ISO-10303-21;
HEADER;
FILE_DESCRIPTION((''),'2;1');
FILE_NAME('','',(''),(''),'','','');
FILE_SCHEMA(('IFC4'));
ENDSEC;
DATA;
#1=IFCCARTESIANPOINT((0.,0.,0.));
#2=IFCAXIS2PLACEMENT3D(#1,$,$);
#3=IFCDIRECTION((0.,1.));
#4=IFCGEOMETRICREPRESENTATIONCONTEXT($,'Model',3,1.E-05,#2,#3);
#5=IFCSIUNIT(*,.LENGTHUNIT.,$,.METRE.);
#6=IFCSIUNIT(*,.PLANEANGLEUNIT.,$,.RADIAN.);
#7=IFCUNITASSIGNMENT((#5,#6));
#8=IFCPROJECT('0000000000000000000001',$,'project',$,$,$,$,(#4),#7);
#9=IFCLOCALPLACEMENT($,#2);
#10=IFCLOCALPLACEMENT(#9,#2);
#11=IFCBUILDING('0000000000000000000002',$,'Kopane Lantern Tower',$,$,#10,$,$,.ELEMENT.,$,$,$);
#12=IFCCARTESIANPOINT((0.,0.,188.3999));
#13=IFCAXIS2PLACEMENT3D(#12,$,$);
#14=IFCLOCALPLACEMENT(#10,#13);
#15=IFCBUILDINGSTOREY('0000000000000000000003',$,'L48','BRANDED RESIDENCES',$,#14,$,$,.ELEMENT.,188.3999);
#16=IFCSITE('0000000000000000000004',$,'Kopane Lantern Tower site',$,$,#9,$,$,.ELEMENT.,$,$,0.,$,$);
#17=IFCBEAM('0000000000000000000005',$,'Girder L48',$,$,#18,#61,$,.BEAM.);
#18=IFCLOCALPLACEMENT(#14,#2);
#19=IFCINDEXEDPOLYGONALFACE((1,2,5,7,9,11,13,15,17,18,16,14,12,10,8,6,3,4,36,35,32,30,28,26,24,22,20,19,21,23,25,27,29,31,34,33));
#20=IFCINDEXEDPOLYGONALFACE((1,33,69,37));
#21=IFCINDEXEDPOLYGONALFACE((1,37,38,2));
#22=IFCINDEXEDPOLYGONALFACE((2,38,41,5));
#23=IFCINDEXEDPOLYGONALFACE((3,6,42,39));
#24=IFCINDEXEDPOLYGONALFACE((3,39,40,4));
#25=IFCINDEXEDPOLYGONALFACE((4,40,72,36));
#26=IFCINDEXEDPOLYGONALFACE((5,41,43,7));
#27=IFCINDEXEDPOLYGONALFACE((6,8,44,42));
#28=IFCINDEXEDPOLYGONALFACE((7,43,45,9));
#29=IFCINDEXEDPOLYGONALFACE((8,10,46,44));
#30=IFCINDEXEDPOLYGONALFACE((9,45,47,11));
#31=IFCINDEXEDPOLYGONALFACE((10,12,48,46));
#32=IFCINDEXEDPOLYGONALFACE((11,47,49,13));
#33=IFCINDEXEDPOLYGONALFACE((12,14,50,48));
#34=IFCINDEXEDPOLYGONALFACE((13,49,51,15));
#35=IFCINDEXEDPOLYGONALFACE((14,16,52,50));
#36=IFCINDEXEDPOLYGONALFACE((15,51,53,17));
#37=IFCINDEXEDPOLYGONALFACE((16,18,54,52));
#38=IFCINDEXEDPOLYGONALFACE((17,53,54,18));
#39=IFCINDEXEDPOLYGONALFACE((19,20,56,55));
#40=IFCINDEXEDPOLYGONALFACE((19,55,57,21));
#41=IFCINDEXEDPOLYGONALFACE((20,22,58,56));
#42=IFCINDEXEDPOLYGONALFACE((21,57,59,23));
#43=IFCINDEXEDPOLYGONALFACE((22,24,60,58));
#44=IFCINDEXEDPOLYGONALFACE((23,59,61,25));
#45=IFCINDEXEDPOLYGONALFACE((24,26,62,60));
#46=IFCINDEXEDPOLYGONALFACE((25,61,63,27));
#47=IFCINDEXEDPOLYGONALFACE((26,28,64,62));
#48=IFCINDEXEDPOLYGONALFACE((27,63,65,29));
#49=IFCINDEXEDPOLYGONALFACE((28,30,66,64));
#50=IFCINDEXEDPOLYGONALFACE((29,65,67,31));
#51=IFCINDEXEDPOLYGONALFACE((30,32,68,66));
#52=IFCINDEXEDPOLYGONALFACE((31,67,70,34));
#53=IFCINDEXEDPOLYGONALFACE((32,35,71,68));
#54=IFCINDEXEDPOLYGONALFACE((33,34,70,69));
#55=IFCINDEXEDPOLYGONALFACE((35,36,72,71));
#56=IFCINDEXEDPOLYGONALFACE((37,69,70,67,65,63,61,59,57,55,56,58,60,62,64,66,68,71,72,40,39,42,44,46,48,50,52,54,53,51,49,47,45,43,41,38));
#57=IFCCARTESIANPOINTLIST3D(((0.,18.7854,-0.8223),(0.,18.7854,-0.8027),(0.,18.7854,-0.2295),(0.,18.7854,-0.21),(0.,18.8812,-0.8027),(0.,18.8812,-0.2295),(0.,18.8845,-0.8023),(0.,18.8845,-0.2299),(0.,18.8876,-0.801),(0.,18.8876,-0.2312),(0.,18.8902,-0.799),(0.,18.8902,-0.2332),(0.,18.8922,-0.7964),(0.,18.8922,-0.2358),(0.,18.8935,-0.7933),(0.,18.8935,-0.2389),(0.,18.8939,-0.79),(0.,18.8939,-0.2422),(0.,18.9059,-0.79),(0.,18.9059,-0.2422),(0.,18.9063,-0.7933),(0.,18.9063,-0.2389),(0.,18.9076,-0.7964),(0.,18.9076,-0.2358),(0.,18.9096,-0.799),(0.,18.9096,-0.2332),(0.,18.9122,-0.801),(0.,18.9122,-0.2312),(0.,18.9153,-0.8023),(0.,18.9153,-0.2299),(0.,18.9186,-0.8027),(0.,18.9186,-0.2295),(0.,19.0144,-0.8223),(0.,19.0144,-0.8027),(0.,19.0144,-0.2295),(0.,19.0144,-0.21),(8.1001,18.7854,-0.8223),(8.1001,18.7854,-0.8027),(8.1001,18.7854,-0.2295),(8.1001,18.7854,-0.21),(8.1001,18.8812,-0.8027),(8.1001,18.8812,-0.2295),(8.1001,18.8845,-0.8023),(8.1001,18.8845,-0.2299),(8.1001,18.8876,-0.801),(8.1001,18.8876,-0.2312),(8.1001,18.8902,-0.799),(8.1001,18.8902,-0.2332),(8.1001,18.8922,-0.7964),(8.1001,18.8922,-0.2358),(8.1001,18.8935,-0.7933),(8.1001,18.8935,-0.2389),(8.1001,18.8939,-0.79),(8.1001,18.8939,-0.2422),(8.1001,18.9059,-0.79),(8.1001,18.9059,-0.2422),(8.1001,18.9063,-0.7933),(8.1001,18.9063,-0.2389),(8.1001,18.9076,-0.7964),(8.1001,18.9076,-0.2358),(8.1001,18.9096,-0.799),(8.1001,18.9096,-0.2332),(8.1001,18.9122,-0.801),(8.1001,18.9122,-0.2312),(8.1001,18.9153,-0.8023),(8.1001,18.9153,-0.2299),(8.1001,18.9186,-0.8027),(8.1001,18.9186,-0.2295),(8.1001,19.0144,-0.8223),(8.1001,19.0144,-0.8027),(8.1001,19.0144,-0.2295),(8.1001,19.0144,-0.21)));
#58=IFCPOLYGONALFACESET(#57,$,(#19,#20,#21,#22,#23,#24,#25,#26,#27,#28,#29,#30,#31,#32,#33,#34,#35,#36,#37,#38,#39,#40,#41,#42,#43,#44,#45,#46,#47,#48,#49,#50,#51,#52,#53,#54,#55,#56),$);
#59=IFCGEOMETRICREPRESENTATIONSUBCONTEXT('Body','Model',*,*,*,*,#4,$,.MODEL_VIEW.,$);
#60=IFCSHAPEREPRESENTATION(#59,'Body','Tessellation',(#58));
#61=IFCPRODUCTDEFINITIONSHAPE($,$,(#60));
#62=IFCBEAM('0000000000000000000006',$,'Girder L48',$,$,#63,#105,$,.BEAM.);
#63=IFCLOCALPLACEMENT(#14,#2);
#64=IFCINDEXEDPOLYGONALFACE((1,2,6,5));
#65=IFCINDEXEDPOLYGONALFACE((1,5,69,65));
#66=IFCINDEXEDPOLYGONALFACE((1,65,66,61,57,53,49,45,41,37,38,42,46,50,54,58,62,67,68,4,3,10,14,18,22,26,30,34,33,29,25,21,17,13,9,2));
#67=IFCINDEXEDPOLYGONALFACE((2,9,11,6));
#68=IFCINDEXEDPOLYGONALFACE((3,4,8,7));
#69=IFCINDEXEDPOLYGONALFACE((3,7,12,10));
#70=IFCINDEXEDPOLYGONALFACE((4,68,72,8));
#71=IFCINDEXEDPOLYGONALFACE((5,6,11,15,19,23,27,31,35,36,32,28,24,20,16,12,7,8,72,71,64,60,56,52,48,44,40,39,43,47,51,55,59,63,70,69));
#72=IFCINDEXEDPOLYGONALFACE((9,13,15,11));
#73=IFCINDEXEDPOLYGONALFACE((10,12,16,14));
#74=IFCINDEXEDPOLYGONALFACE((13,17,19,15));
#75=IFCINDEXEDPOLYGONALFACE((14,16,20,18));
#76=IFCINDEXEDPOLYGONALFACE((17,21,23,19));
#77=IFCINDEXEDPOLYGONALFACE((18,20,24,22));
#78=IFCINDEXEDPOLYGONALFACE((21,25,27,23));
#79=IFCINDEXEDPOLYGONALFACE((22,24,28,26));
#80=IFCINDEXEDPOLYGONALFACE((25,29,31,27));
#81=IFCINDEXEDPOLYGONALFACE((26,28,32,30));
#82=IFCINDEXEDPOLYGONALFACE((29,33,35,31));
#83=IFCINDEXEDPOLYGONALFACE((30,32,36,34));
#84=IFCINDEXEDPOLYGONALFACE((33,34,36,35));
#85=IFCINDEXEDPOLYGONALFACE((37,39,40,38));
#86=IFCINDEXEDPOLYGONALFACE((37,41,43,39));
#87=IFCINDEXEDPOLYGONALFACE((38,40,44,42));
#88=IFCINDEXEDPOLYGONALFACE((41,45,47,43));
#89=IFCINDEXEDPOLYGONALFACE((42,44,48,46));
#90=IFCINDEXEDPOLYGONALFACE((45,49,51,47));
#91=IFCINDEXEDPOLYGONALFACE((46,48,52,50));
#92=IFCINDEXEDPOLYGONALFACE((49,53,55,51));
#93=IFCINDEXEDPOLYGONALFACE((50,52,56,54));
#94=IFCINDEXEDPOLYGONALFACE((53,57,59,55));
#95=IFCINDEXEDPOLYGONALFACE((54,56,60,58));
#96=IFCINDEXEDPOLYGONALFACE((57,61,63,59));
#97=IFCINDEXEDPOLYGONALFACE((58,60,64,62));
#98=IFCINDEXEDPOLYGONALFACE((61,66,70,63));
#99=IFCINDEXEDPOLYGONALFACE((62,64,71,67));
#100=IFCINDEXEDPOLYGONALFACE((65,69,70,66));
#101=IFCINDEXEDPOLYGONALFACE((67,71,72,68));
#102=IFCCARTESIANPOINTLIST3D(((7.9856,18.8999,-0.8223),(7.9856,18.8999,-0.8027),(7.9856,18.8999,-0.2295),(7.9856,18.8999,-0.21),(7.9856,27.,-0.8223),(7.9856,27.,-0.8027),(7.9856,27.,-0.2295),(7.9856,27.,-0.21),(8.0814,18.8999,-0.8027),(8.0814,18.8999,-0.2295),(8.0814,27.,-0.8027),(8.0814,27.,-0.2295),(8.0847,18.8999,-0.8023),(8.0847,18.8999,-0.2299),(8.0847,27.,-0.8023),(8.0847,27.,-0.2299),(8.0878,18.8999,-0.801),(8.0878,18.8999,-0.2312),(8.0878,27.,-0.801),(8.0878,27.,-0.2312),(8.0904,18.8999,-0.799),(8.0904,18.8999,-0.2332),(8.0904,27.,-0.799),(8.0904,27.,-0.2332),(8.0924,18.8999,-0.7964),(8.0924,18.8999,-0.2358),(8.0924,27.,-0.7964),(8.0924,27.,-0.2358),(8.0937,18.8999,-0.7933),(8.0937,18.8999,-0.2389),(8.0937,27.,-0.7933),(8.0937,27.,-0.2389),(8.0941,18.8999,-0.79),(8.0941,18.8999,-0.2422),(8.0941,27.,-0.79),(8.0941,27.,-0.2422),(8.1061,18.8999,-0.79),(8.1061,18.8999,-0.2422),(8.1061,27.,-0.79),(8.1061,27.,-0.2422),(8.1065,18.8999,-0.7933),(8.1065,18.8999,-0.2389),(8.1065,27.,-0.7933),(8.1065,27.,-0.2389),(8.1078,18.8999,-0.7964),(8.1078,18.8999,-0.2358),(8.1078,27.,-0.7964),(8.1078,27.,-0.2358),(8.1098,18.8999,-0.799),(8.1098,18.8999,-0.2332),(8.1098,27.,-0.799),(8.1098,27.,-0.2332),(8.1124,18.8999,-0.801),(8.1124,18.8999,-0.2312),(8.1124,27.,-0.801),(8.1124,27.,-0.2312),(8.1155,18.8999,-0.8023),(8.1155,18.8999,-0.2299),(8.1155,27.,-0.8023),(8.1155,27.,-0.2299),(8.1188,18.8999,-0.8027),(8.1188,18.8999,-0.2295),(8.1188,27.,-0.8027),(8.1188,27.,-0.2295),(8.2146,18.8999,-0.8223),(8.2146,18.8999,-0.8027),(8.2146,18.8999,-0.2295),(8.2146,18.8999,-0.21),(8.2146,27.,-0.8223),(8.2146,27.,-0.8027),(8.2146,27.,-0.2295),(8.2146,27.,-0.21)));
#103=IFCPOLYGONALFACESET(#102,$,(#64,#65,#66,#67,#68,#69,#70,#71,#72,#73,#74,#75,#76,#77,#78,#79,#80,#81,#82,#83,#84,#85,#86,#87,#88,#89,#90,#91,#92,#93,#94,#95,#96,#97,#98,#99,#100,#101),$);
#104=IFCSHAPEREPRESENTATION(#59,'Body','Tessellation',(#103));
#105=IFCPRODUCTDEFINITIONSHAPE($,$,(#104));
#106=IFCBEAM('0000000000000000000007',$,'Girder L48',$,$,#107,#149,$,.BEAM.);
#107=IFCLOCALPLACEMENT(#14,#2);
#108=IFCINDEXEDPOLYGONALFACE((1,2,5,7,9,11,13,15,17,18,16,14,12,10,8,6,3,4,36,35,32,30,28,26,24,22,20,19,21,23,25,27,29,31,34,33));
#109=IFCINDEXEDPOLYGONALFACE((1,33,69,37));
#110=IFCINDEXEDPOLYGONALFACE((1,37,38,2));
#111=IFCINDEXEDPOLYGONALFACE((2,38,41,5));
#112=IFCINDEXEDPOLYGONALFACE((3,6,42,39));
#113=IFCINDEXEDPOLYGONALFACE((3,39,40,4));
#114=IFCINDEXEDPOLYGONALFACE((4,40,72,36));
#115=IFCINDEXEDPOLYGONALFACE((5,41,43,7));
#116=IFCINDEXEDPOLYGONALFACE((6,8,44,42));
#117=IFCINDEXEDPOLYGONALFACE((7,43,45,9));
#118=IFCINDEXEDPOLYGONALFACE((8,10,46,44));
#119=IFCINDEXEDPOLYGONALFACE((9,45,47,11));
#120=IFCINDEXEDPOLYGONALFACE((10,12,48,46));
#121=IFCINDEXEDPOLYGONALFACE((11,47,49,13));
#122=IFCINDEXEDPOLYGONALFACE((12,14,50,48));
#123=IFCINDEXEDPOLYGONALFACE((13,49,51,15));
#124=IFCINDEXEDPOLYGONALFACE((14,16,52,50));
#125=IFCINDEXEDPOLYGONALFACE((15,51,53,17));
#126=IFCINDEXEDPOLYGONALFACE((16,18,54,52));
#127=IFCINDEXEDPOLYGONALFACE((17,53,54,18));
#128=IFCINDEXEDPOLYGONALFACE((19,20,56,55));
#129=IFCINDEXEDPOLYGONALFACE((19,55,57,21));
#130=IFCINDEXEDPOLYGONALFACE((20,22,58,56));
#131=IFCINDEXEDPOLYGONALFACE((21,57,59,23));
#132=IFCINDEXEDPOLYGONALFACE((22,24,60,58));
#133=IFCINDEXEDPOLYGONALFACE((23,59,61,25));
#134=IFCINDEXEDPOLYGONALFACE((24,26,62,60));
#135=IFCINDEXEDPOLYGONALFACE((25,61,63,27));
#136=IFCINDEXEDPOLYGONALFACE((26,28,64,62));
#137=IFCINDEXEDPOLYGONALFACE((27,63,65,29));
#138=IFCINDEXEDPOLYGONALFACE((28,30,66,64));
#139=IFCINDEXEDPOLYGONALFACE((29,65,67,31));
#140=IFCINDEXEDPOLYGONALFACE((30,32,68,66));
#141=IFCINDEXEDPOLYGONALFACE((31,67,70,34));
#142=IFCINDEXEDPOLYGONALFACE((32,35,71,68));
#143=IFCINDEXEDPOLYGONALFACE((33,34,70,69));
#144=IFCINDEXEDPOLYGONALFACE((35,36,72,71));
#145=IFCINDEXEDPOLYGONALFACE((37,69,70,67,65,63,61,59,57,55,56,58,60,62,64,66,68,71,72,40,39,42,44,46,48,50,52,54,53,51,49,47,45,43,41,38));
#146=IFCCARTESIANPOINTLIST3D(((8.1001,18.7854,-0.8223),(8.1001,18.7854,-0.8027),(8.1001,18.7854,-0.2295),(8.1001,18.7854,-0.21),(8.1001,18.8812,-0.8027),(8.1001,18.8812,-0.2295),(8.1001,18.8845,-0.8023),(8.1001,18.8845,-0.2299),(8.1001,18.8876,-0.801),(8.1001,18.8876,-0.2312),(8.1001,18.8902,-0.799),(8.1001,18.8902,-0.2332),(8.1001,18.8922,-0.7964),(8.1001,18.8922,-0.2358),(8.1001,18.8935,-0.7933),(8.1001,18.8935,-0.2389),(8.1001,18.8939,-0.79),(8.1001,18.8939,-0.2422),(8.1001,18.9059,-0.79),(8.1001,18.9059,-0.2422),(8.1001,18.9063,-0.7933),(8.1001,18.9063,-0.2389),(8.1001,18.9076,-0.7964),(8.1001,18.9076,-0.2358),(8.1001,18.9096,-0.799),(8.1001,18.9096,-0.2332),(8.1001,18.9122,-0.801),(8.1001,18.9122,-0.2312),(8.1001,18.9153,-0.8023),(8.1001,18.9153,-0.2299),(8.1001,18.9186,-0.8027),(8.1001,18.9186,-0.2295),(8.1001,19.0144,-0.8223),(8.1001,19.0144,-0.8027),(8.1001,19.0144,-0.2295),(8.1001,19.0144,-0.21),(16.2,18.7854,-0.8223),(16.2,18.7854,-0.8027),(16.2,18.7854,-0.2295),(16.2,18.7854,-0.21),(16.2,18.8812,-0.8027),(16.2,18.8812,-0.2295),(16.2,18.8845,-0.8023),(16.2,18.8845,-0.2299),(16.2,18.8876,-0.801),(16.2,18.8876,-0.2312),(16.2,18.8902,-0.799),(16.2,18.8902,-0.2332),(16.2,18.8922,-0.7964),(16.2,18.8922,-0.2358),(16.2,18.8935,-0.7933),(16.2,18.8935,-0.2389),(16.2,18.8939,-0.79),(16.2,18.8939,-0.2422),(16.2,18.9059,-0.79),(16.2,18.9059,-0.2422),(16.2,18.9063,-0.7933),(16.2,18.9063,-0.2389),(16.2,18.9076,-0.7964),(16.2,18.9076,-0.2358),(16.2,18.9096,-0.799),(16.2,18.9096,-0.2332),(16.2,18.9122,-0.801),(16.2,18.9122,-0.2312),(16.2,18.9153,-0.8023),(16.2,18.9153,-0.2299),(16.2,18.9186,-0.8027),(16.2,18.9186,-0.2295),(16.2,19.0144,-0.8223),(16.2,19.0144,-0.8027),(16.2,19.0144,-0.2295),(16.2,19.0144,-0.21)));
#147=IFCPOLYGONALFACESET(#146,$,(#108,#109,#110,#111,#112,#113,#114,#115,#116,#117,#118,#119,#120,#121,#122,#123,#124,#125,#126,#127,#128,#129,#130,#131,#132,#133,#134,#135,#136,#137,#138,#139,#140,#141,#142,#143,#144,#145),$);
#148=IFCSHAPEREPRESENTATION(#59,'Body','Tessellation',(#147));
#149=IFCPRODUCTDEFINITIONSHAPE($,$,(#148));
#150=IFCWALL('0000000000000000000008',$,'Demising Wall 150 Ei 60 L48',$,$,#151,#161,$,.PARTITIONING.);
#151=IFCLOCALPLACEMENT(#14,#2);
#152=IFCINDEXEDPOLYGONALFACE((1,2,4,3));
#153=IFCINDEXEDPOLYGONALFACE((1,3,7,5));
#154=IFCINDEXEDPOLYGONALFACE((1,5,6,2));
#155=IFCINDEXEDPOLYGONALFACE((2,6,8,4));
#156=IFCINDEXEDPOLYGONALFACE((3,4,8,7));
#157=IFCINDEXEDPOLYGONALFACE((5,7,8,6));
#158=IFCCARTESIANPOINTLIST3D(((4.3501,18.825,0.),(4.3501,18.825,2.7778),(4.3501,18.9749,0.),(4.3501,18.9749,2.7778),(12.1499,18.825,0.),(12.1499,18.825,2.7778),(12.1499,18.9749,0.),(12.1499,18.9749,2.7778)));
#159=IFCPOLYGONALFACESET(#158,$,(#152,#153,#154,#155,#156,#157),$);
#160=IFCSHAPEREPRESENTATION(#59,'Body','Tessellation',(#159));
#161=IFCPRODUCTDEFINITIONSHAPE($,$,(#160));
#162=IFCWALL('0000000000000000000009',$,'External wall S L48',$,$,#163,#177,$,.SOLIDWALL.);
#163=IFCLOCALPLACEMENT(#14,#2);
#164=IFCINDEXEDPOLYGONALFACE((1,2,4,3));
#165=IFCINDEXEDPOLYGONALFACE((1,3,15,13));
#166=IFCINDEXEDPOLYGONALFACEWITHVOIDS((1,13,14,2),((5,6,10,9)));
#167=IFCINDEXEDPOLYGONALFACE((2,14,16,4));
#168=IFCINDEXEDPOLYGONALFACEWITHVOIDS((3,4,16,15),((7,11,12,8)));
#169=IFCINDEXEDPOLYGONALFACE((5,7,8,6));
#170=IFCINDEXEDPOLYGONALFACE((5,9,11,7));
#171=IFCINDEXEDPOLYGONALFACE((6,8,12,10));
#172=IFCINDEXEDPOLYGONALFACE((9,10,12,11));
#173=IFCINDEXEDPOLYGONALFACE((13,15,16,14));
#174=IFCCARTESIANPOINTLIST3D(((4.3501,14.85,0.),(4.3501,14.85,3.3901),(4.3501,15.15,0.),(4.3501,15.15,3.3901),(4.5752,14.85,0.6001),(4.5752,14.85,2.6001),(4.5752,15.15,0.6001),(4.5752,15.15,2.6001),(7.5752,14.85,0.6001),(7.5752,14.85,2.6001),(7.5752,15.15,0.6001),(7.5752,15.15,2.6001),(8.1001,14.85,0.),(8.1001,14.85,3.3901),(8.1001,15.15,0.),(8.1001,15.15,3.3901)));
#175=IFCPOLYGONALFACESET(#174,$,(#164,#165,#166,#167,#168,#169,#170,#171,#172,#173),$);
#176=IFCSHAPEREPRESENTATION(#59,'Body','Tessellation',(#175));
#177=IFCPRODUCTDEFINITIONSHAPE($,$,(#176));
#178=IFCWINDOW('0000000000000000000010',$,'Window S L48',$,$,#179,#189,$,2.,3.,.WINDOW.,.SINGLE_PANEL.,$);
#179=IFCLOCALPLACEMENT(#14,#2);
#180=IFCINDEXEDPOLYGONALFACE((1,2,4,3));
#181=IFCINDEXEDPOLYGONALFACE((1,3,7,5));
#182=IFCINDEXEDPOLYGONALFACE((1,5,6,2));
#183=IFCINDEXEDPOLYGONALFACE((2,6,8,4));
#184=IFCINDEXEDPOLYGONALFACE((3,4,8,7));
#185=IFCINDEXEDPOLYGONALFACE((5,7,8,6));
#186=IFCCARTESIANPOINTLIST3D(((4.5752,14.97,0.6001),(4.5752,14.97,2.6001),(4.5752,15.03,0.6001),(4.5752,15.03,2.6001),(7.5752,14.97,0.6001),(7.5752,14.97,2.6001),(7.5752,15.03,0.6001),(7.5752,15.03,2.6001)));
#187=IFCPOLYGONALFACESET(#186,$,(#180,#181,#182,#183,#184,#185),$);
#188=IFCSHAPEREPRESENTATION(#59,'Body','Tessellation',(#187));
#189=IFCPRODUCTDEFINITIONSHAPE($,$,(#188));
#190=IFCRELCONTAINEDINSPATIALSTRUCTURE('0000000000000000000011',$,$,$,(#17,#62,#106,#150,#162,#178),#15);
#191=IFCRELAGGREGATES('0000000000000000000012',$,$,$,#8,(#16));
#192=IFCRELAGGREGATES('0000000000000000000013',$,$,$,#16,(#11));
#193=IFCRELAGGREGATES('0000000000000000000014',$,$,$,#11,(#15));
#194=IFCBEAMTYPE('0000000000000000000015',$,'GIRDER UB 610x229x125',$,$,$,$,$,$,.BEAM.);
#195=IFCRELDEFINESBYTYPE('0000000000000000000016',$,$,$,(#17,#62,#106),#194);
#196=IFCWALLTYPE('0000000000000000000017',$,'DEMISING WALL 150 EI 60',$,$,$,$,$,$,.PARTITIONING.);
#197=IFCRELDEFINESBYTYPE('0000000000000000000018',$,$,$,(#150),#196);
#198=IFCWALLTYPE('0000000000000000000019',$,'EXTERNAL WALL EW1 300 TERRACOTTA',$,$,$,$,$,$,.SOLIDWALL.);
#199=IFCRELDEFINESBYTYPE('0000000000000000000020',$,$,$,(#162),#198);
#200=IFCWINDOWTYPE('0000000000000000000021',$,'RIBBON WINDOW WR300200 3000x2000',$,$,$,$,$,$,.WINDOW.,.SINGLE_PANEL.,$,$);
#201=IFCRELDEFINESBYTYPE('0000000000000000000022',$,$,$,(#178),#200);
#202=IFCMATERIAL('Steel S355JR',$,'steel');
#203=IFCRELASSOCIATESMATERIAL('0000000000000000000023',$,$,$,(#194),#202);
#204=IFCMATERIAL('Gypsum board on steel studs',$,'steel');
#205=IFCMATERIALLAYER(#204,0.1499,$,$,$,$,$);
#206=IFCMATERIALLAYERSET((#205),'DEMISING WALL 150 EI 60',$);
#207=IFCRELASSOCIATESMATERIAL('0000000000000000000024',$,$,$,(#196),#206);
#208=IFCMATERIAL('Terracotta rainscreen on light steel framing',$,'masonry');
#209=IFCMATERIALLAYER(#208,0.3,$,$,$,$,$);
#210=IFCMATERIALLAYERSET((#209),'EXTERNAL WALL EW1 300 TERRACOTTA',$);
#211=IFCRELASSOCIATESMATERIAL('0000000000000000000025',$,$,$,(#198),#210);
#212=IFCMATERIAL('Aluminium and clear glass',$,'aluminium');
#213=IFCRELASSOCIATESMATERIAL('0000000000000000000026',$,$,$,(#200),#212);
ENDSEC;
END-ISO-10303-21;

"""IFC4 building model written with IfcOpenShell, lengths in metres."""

from ifc_helpers import new_model, si_unit, direction, frame, frame_2d, origin, origin_2d, place, context, subcontext, project, spatial, rectangle, i_section, extrude, material, layer, layer_set, material_profile, profile_set, type_object, element, fill, save


model = new_model("IFC4")

# Units and contexts
model_context = context("Model", 3, precision=1e-05, world=origin(), true_north=direction((0.0, 1.0)))
body_context = subcontext(model_context, "Body", "Model", "MODEL_VIEW")
ifc_project = project(units=[si_unit("LENGTHUNIT", "METRE"), si_unit("PLANEANGLEUNIT", "RADIAN")], contexts=[model_context])

# Site, building, storey
site_placement = place(None, origin())
site = spatial("IfcSite", under=ifc_project, at=site_placement, Name="Kopane Lantern Tower site", CompositionType="ELEMENT", RefElevation=0.0)
building_placement = place(site_placement, origin())
building = spatial("IfcBuilding", under=site, at=building_placement, Name="Kopane Lantern Tower", CompositionType="ELEMENT")
storey_placement = place(building_placement, frame((0.0, 0.0, 188.3999)))
storey = spatial("IfcBuildingStorey", under=building, at=storey_placement, Name="L48", Description="BRANDED RESIDENCES", CompositionType="ELEMENT", Elevation=188.3999)

# Beams
ifc_material_1 = material(Name="Steel S355JR", Category="steel")
ifc_material_profile_1 = material_profile(ifc_material_1, i_section(OverallWidth=0.229, OverallDepth=0.6123, WebThickness=0.012, FlangeThickness=0.0195, FilletRadius=0.0127, at=origin_2d()), Name="UB 610x229x125")
ifc_profile_set_1 = profile_set([ifc_material_profile_1], Name="Steel S355JR")
beam_type_1 = type_object("IfcBeamType", Name="GIRDER UB 610x229x125", PredefinedType="BEAM", material=ifc_profile_set_1)
for number, where, z_axis, x_axis, name in (
    (1, (0.0, 18.8999, -0.5161), (1.0, 0.0, 0.0), (0.0, 1.0, 0.0), "Girder L48"),
    (2, (8.1001, 18.8999, -0.5161), (0.0, 1.0, 0.0), (-1.0, 0.0, 0.0), "Girder L48"),
):
    element("IfcBeam", number, at=place(storey_placement, frame(where, z_axis=z_axis, x_axis=x_axis)), inside=storey, type_object=beam_type_1, Name=name, PredefinedType="BEAM", context=body_context, shape_type="SweptSolid", body=[
        extrude(i_section(OverallWidth=0.229, OverallDepth=0.6123, WebThickness=0.012, FlangeThickness=0.0195, FilletRadius=0.0127, at=origin_2d()), origin(), (0.0, 0.0, 1.0), 8.1001),
    ])
beam_1_placement = place(storey_placement, frame((8.1001, 18.8999, -0.5161), z_axis=(1.0, 0.0, 0.0), x_axis=(0.0, 1.0, 0.0)))
element("IfcBeam", 3, at=beam_1_placement, inside=storey, type_object=beam_type_1, Name="Girder L48", PredefinedType="BEAM", context=body_context, shape_type="SweptSolid", body=[
    extrude(i_section(OverallWidth=0.229, OverallDepth=0.6123, WebThickness=0.012, FlangeThickness=0.0195, FilletRadius=0.0127, at=origin_2d()), origin(), (0.0, 0.0, 1.0), 8.0999),
])

# Wall
ifc_material_2 = material(Name="Gypsum board on steel studs", Category="steel")
ifc_layer_1 = layer(ifc_material_2, 0.1499)
ifc_layer_set_1 = layer_set([ifc_layer_1], Name="DEMISING WALL 150 EI 60")
wall_type_1 = type_object("IfcWallType", Name="DEMISING WALL 150 EI 60", PredefinedType="PARTITIONING", material=ifc_layer_set_1)
wall_1_placement = place(storey_placement, frame((4.3501, 18.8999, 0.0), z_axis=(0.0, 0.0, 1.0), x_axis=(1.0, 0.0, 0.0)))
element("IfcWall", 4, at=wall_1_placement, inside=storey, type_object=wall_type_1, Name="Demising Wall 150 Ei 60 L48", PredefinedType="PARTITIONING", context=body_context, shape_type="SweptSolid", body=[
    extrude(rectangle(XDim=7.7998, YDim=0.1499, at=frame_2d((3.8999, 0.0))), origin(), (0.0, 0.0, 1.0), 2.7778),
])

# Wall, opening, window
ifc_material_3 = material(Name="Terracotta rainscreen on light steel framing", Category="masonry")
ifc_layer_2 = layer(ifc_material_3, 0.3)
ifc_layer_set_2 = layer_set([ifc_layer_2], Name="EXTERNAL WALL EW1 300 TERRACOTTA")
wall_type_2 = type_object("IfcWallType", Name="EXTERNAL WALL EW1 300 TERRACOTTA", PredefinedType="SOLIDWALL", material=ifc_layer_set_2)
wall_2_placement = place(storey_placement, frame((4.3501, 15.0, 0.0), z_axis=(0.0, 0.0, 1.0), x_axis=(1.0, 0.0, 0.0)))
wall_2 = element("IfcWall", 5, at=wall_2_placement, inside=storey, type_object=wall_type_2, Name="External wall S L48", PredefinedType="SOLIDWALL", context=body_context, shape_type="SweptSolid", body=[
    extrude(rectangle(XDim=3.75, YDim=0.3, at=frame_2d((1.875, 0.0))), origin(), (0.0, 0.0, 1.0), 3.3901),
])
opening_1_placement = place(wall_2_placement, frame((0.2251, 0.0, 0.6001)))
opening_1 = element("IfcOpeningElement", 6, at=opening_1_placement, cuts=wall_2, PredefinedType="OPENING", context=body_context, shape_type="SweptSolid", body=[
    extrude(rectangle(XDim=3.0, YDim=2.0, at=frame_2d((1.5, 1.0))), frame((0.0, 0.1599, 0.0), z_axis=(0.0, -1.0, 0.0), x_axis=(1.0, 0.0, 0.0)), (0.0, 0.0, 1.0), 0.3201),
])
ifc_material_4 = material(Name="Aluminium and clear glass", Category="aluminium")
window_type = type_object("IfcWindowType", Name="RIBBON WINDOW WR300200 3000x2000", PartitioningType="SINGLE_PANEL", PredefinedType="WINDOW", material=ifc_material_4)
window_placement = place(opening_1_placement, origin())
window = element("IfcWindow", 7, at=window_placement, inside=storey, type_object=window_type, Name="Window S L48", OverallHeight=2.0, OverallWidth=3.0, PartitioningType="SINGLE_PANEL", PredefinedType="WINDOW", context=body_context, shape_type="SweptSolid", body=[
    extrude(rectangle(XDim=3.0, YDim=2.0, at=frame_2d((1.5, 1.0))), frame((0.0, 0.03, 0.0), z_axis=(0.0, -1.0, 0.0), x_axis=(1.0, 0.0, 0.0)), (0.0, 0.0, 1.0), 0.0601),
])
fill(opening_1, window)

save(model, "model.ifc")
